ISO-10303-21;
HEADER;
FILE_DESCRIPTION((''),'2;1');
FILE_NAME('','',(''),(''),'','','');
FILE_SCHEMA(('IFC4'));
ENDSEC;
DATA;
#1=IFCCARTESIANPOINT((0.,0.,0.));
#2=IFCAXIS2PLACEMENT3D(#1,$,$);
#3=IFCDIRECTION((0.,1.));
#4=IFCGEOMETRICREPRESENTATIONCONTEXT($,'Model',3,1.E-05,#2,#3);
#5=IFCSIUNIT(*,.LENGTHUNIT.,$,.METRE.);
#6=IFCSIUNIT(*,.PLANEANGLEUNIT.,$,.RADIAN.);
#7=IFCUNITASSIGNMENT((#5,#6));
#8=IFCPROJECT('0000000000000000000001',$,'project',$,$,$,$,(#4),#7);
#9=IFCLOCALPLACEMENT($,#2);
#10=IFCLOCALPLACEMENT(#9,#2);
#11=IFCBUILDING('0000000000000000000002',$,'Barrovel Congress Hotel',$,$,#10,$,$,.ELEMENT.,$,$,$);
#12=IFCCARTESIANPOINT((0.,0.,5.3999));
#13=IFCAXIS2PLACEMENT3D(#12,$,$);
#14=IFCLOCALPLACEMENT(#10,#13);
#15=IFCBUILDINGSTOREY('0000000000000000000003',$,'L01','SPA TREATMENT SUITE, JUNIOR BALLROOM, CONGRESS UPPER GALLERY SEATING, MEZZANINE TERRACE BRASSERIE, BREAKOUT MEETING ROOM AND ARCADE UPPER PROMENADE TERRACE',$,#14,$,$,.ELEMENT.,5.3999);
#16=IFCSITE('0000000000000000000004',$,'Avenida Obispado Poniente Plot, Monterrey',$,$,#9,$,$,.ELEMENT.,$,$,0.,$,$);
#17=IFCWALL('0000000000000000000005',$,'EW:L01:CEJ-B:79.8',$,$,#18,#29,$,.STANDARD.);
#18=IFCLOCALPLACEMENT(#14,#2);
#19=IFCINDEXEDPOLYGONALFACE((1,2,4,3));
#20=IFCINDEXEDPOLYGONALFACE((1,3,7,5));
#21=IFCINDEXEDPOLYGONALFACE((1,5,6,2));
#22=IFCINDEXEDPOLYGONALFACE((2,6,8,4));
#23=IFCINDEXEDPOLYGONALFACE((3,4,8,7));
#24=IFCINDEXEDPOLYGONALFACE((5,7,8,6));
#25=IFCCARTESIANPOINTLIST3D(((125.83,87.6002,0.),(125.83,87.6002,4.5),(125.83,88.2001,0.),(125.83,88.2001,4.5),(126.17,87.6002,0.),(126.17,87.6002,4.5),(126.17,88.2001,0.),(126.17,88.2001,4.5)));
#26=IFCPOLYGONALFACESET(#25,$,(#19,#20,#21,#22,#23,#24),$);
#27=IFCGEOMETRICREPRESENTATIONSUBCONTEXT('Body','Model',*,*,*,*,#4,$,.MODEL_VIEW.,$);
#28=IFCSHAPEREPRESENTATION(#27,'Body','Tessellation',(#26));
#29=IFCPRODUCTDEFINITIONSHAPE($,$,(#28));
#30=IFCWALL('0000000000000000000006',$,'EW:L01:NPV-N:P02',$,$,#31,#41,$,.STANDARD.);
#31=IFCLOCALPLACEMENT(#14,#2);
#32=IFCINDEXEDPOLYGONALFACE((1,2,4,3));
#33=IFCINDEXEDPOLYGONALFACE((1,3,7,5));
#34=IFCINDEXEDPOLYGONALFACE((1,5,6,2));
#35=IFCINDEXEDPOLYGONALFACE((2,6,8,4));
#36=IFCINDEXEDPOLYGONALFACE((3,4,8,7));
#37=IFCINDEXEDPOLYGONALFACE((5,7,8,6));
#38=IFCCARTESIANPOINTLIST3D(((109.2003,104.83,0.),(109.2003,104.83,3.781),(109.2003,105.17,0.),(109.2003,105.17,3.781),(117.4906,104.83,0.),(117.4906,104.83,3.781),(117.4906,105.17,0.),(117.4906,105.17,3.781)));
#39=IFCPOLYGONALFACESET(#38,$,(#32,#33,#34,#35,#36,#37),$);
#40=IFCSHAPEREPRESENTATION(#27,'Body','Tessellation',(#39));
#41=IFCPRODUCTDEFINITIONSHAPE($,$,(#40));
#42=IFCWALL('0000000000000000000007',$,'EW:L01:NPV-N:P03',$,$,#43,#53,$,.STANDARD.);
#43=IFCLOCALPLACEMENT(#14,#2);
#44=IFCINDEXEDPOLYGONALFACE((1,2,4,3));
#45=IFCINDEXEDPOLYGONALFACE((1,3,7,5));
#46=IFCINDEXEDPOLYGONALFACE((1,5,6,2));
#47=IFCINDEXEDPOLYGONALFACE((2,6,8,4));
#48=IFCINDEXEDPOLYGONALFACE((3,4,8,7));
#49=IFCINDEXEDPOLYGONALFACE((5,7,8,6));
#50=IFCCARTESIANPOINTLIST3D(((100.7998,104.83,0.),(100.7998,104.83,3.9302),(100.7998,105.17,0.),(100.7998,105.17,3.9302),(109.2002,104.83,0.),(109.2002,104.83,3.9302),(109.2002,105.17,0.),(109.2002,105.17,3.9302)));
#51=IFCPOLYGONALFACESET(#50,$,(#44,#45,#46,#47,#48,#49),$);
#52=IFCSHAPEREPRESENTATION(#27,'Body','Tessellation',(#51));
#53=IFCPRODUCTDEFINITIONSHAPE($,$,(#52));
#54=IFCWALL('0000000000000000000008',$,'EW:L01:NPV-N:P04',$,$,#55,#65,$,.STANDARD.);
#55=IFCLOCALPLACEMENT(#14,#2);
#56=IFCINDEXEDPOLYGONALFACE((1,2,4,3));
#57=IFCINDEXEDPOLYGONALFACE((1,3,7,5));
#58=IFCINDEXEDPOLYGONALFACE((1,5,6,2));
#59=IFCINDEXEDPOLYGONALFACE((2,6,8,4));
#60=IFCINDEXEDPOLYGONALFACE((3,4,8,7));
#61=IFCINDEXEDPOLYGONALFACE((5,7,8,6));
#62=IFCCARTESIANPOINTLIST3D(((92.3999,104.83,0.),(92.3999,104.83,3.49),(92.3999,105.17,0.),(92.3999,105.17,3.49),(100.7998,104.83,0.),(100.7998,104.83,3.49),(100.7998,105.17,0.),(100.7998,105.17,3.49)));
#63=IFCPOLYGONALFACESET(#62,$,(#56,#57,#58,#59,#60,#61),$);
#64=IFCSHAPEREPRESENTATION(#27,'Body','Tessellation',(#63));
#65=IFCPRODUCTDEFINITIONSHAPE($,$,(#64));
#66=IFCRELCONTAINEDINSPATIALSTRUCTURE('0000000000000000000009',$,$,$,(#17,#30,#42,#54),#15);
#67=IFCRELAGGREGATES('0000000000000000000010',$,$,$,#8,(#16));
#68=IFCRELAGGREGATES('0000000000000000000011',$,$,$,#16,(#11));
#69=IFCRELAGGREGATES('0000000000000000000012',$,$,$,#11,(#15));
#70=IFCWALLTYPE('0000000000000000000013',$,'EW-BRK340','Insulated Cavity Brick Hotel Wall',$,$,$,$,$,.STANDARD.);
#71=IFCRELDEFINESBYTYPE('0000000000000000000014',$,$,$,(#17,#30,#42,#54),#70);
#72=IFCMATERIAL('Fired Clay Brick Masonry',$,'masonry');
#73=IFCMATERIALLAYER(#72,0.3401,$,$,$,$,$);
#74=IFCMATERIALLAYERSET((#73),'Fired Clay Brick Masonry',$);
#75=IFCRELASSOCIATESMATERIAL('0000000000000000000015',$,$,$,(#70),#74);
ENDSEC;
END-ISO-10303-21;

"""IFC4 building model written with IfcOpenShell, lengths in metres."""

from ifc_helpers import new_model, si_unit, direction, frame, frame_2d, origin, place, context, subcontext, project, spatial, rectangle, extrude, material, layer, layer_set, type_object, element, save


model = new_model("IFC4")

# Units and contexts
model_context = context("Model", 3, precision=1e-05, world=origin(), true_north=direction((0.0, 1.0)))
body_context = subcontext(model_context, "Body", "Model", "MODEL_VIEW")
ifc_project = project(units=[si_unit("LENGTHUNIT", "METRE"), si_unit("PLANEANGLEUNIT", "RADIAN")], contexts=[model_context])

# Site, building, storey
site_placement = place(None, origin())
site = spatial("IfcSite", under=ifc_project, at=site_placement, Name="Avenida Obispado Poniente Plot, Monterrey", CompositionType="ELEMENT", RefElevation=0.0)
building_placement = place(site_placement, origin())
building = spatial("IfcBuilding", under=site, at=building_placement, Name="Barrovel Congress Hotel", CompositionType="ELEMENT")
storey_placement = place(building_placement, frame((0.0, 0.0, 5.3999)))
storey = spatial("IfcBuildingStorey", under=building, at=storey_placement, Name="L01", Description="SPA TREATMENT SUITE, JUNIOR BALLROOM, CONGRESS UPPER GALLERY SEATING, MEZZANINE TERRACE BRASSERIE, BREAKOUT MEETING ROOM AND ARCADE UPPER PROMENADE TERRACE", CompositionType="ELEMENT", Elevation=5.3999)

# Walls
ifc_material_1 = material(Name="Fired Clay Brick Masonry", Category="masonry")
ifc_layer_1 = layer(ifc_material_1, 0.3401)
ifc_layer_set_1 = layer_set([ifc_layer_1], Name="Fired Clay Brick Masonry")
wall_type = type_object("IfcWallType", Name="EW-BRK340", Description="Insulated Cavity Brick Hotel Wall", PredefinedType="STANDARD", material=ifc_layer_set_1)
wall_1_placement = place(storey_placement, frame((126.0, 88.2, 0.0), z_axis=(0.0, 0.0, 1.0), x_axis=(0.0, -1.0, 0.0)))
element("IfcWall", 1, at=wall_1_placement, inside=storey, type_object=wall_type, Name="EW:L01:CEJ-B:79.8", PredefinedType="STANDARD", context=body_context, shape_type="SweptSolid", body=[
    extrude(rectangle(XDim=0.5999, YDim=0.3401, at=frame_2d((0.2998, 0.0))), origin(), (0.0, 0.0, 1.0), 4.5),
])
wall_2_placement = place(storey_placement, frame((117.4905, 105.0, 0.0), z_axis=(0.0, 0.0, 1.0), x_axis=(-1.0, 0.0, 0.0)))
element("IfcWall", 2, at=wall_2_placement, inside=storey, type_object=wall_type, Name="EW:L01:NPV-N:P02", PredefinedType="STANDARD", context=body_context, shape_type="SweptSolid", body=[
    extrude(rectangle(XDim=8.2903, YDim=0.3401, at=frame_2d((4.145, 0.0))), origin(), (0.0, 0.0, 1.0), 3.781),
])
wall_3_placement = place(storey_placement, frame((109.2002, 105.0, 0.0), z_axis=(0.0, 0.0, 1.0), x_axis=(-1.0, 0.0, 0.0)))
element("IfcWall", 3, at=wall_3_placement, inside=storey, type_object=wall_type, Name="EW:L01:NPV-N:P03", PredefinedType="STANDARD", context=body_context, shape_type="SweptSolid", body=[
    extrude(rectangle(XDim=8.4004, YDim=0.3401, at=frame_2d((4.2002, 0.0))), origin(), (0.0, 0.0, 1.0), 3.9302),
])
wall_4_placement = place(storey_placement, frame((100.7998, 105.0, 0.0), z_axis=(0.0, 0.0, 1.0), x_axis=(-1.0, 0.0, 0.0)))
element("IfcWall", 4, at=wall_4_placement, inside=storey, type_object=wall_type, Name="EW:L01:NPV-N:P04", PredefinedType="STANDARD", context=body_context, shape_type="SweptSolid", body=[
    extrude(rectangle(XDim=8.3999, YDim=0.3401, at=frame_2d((4.2, 0.0))), origin(), (0.0, 0.0, 1.0), 3.49),
])

save(model, "model.ifc")
